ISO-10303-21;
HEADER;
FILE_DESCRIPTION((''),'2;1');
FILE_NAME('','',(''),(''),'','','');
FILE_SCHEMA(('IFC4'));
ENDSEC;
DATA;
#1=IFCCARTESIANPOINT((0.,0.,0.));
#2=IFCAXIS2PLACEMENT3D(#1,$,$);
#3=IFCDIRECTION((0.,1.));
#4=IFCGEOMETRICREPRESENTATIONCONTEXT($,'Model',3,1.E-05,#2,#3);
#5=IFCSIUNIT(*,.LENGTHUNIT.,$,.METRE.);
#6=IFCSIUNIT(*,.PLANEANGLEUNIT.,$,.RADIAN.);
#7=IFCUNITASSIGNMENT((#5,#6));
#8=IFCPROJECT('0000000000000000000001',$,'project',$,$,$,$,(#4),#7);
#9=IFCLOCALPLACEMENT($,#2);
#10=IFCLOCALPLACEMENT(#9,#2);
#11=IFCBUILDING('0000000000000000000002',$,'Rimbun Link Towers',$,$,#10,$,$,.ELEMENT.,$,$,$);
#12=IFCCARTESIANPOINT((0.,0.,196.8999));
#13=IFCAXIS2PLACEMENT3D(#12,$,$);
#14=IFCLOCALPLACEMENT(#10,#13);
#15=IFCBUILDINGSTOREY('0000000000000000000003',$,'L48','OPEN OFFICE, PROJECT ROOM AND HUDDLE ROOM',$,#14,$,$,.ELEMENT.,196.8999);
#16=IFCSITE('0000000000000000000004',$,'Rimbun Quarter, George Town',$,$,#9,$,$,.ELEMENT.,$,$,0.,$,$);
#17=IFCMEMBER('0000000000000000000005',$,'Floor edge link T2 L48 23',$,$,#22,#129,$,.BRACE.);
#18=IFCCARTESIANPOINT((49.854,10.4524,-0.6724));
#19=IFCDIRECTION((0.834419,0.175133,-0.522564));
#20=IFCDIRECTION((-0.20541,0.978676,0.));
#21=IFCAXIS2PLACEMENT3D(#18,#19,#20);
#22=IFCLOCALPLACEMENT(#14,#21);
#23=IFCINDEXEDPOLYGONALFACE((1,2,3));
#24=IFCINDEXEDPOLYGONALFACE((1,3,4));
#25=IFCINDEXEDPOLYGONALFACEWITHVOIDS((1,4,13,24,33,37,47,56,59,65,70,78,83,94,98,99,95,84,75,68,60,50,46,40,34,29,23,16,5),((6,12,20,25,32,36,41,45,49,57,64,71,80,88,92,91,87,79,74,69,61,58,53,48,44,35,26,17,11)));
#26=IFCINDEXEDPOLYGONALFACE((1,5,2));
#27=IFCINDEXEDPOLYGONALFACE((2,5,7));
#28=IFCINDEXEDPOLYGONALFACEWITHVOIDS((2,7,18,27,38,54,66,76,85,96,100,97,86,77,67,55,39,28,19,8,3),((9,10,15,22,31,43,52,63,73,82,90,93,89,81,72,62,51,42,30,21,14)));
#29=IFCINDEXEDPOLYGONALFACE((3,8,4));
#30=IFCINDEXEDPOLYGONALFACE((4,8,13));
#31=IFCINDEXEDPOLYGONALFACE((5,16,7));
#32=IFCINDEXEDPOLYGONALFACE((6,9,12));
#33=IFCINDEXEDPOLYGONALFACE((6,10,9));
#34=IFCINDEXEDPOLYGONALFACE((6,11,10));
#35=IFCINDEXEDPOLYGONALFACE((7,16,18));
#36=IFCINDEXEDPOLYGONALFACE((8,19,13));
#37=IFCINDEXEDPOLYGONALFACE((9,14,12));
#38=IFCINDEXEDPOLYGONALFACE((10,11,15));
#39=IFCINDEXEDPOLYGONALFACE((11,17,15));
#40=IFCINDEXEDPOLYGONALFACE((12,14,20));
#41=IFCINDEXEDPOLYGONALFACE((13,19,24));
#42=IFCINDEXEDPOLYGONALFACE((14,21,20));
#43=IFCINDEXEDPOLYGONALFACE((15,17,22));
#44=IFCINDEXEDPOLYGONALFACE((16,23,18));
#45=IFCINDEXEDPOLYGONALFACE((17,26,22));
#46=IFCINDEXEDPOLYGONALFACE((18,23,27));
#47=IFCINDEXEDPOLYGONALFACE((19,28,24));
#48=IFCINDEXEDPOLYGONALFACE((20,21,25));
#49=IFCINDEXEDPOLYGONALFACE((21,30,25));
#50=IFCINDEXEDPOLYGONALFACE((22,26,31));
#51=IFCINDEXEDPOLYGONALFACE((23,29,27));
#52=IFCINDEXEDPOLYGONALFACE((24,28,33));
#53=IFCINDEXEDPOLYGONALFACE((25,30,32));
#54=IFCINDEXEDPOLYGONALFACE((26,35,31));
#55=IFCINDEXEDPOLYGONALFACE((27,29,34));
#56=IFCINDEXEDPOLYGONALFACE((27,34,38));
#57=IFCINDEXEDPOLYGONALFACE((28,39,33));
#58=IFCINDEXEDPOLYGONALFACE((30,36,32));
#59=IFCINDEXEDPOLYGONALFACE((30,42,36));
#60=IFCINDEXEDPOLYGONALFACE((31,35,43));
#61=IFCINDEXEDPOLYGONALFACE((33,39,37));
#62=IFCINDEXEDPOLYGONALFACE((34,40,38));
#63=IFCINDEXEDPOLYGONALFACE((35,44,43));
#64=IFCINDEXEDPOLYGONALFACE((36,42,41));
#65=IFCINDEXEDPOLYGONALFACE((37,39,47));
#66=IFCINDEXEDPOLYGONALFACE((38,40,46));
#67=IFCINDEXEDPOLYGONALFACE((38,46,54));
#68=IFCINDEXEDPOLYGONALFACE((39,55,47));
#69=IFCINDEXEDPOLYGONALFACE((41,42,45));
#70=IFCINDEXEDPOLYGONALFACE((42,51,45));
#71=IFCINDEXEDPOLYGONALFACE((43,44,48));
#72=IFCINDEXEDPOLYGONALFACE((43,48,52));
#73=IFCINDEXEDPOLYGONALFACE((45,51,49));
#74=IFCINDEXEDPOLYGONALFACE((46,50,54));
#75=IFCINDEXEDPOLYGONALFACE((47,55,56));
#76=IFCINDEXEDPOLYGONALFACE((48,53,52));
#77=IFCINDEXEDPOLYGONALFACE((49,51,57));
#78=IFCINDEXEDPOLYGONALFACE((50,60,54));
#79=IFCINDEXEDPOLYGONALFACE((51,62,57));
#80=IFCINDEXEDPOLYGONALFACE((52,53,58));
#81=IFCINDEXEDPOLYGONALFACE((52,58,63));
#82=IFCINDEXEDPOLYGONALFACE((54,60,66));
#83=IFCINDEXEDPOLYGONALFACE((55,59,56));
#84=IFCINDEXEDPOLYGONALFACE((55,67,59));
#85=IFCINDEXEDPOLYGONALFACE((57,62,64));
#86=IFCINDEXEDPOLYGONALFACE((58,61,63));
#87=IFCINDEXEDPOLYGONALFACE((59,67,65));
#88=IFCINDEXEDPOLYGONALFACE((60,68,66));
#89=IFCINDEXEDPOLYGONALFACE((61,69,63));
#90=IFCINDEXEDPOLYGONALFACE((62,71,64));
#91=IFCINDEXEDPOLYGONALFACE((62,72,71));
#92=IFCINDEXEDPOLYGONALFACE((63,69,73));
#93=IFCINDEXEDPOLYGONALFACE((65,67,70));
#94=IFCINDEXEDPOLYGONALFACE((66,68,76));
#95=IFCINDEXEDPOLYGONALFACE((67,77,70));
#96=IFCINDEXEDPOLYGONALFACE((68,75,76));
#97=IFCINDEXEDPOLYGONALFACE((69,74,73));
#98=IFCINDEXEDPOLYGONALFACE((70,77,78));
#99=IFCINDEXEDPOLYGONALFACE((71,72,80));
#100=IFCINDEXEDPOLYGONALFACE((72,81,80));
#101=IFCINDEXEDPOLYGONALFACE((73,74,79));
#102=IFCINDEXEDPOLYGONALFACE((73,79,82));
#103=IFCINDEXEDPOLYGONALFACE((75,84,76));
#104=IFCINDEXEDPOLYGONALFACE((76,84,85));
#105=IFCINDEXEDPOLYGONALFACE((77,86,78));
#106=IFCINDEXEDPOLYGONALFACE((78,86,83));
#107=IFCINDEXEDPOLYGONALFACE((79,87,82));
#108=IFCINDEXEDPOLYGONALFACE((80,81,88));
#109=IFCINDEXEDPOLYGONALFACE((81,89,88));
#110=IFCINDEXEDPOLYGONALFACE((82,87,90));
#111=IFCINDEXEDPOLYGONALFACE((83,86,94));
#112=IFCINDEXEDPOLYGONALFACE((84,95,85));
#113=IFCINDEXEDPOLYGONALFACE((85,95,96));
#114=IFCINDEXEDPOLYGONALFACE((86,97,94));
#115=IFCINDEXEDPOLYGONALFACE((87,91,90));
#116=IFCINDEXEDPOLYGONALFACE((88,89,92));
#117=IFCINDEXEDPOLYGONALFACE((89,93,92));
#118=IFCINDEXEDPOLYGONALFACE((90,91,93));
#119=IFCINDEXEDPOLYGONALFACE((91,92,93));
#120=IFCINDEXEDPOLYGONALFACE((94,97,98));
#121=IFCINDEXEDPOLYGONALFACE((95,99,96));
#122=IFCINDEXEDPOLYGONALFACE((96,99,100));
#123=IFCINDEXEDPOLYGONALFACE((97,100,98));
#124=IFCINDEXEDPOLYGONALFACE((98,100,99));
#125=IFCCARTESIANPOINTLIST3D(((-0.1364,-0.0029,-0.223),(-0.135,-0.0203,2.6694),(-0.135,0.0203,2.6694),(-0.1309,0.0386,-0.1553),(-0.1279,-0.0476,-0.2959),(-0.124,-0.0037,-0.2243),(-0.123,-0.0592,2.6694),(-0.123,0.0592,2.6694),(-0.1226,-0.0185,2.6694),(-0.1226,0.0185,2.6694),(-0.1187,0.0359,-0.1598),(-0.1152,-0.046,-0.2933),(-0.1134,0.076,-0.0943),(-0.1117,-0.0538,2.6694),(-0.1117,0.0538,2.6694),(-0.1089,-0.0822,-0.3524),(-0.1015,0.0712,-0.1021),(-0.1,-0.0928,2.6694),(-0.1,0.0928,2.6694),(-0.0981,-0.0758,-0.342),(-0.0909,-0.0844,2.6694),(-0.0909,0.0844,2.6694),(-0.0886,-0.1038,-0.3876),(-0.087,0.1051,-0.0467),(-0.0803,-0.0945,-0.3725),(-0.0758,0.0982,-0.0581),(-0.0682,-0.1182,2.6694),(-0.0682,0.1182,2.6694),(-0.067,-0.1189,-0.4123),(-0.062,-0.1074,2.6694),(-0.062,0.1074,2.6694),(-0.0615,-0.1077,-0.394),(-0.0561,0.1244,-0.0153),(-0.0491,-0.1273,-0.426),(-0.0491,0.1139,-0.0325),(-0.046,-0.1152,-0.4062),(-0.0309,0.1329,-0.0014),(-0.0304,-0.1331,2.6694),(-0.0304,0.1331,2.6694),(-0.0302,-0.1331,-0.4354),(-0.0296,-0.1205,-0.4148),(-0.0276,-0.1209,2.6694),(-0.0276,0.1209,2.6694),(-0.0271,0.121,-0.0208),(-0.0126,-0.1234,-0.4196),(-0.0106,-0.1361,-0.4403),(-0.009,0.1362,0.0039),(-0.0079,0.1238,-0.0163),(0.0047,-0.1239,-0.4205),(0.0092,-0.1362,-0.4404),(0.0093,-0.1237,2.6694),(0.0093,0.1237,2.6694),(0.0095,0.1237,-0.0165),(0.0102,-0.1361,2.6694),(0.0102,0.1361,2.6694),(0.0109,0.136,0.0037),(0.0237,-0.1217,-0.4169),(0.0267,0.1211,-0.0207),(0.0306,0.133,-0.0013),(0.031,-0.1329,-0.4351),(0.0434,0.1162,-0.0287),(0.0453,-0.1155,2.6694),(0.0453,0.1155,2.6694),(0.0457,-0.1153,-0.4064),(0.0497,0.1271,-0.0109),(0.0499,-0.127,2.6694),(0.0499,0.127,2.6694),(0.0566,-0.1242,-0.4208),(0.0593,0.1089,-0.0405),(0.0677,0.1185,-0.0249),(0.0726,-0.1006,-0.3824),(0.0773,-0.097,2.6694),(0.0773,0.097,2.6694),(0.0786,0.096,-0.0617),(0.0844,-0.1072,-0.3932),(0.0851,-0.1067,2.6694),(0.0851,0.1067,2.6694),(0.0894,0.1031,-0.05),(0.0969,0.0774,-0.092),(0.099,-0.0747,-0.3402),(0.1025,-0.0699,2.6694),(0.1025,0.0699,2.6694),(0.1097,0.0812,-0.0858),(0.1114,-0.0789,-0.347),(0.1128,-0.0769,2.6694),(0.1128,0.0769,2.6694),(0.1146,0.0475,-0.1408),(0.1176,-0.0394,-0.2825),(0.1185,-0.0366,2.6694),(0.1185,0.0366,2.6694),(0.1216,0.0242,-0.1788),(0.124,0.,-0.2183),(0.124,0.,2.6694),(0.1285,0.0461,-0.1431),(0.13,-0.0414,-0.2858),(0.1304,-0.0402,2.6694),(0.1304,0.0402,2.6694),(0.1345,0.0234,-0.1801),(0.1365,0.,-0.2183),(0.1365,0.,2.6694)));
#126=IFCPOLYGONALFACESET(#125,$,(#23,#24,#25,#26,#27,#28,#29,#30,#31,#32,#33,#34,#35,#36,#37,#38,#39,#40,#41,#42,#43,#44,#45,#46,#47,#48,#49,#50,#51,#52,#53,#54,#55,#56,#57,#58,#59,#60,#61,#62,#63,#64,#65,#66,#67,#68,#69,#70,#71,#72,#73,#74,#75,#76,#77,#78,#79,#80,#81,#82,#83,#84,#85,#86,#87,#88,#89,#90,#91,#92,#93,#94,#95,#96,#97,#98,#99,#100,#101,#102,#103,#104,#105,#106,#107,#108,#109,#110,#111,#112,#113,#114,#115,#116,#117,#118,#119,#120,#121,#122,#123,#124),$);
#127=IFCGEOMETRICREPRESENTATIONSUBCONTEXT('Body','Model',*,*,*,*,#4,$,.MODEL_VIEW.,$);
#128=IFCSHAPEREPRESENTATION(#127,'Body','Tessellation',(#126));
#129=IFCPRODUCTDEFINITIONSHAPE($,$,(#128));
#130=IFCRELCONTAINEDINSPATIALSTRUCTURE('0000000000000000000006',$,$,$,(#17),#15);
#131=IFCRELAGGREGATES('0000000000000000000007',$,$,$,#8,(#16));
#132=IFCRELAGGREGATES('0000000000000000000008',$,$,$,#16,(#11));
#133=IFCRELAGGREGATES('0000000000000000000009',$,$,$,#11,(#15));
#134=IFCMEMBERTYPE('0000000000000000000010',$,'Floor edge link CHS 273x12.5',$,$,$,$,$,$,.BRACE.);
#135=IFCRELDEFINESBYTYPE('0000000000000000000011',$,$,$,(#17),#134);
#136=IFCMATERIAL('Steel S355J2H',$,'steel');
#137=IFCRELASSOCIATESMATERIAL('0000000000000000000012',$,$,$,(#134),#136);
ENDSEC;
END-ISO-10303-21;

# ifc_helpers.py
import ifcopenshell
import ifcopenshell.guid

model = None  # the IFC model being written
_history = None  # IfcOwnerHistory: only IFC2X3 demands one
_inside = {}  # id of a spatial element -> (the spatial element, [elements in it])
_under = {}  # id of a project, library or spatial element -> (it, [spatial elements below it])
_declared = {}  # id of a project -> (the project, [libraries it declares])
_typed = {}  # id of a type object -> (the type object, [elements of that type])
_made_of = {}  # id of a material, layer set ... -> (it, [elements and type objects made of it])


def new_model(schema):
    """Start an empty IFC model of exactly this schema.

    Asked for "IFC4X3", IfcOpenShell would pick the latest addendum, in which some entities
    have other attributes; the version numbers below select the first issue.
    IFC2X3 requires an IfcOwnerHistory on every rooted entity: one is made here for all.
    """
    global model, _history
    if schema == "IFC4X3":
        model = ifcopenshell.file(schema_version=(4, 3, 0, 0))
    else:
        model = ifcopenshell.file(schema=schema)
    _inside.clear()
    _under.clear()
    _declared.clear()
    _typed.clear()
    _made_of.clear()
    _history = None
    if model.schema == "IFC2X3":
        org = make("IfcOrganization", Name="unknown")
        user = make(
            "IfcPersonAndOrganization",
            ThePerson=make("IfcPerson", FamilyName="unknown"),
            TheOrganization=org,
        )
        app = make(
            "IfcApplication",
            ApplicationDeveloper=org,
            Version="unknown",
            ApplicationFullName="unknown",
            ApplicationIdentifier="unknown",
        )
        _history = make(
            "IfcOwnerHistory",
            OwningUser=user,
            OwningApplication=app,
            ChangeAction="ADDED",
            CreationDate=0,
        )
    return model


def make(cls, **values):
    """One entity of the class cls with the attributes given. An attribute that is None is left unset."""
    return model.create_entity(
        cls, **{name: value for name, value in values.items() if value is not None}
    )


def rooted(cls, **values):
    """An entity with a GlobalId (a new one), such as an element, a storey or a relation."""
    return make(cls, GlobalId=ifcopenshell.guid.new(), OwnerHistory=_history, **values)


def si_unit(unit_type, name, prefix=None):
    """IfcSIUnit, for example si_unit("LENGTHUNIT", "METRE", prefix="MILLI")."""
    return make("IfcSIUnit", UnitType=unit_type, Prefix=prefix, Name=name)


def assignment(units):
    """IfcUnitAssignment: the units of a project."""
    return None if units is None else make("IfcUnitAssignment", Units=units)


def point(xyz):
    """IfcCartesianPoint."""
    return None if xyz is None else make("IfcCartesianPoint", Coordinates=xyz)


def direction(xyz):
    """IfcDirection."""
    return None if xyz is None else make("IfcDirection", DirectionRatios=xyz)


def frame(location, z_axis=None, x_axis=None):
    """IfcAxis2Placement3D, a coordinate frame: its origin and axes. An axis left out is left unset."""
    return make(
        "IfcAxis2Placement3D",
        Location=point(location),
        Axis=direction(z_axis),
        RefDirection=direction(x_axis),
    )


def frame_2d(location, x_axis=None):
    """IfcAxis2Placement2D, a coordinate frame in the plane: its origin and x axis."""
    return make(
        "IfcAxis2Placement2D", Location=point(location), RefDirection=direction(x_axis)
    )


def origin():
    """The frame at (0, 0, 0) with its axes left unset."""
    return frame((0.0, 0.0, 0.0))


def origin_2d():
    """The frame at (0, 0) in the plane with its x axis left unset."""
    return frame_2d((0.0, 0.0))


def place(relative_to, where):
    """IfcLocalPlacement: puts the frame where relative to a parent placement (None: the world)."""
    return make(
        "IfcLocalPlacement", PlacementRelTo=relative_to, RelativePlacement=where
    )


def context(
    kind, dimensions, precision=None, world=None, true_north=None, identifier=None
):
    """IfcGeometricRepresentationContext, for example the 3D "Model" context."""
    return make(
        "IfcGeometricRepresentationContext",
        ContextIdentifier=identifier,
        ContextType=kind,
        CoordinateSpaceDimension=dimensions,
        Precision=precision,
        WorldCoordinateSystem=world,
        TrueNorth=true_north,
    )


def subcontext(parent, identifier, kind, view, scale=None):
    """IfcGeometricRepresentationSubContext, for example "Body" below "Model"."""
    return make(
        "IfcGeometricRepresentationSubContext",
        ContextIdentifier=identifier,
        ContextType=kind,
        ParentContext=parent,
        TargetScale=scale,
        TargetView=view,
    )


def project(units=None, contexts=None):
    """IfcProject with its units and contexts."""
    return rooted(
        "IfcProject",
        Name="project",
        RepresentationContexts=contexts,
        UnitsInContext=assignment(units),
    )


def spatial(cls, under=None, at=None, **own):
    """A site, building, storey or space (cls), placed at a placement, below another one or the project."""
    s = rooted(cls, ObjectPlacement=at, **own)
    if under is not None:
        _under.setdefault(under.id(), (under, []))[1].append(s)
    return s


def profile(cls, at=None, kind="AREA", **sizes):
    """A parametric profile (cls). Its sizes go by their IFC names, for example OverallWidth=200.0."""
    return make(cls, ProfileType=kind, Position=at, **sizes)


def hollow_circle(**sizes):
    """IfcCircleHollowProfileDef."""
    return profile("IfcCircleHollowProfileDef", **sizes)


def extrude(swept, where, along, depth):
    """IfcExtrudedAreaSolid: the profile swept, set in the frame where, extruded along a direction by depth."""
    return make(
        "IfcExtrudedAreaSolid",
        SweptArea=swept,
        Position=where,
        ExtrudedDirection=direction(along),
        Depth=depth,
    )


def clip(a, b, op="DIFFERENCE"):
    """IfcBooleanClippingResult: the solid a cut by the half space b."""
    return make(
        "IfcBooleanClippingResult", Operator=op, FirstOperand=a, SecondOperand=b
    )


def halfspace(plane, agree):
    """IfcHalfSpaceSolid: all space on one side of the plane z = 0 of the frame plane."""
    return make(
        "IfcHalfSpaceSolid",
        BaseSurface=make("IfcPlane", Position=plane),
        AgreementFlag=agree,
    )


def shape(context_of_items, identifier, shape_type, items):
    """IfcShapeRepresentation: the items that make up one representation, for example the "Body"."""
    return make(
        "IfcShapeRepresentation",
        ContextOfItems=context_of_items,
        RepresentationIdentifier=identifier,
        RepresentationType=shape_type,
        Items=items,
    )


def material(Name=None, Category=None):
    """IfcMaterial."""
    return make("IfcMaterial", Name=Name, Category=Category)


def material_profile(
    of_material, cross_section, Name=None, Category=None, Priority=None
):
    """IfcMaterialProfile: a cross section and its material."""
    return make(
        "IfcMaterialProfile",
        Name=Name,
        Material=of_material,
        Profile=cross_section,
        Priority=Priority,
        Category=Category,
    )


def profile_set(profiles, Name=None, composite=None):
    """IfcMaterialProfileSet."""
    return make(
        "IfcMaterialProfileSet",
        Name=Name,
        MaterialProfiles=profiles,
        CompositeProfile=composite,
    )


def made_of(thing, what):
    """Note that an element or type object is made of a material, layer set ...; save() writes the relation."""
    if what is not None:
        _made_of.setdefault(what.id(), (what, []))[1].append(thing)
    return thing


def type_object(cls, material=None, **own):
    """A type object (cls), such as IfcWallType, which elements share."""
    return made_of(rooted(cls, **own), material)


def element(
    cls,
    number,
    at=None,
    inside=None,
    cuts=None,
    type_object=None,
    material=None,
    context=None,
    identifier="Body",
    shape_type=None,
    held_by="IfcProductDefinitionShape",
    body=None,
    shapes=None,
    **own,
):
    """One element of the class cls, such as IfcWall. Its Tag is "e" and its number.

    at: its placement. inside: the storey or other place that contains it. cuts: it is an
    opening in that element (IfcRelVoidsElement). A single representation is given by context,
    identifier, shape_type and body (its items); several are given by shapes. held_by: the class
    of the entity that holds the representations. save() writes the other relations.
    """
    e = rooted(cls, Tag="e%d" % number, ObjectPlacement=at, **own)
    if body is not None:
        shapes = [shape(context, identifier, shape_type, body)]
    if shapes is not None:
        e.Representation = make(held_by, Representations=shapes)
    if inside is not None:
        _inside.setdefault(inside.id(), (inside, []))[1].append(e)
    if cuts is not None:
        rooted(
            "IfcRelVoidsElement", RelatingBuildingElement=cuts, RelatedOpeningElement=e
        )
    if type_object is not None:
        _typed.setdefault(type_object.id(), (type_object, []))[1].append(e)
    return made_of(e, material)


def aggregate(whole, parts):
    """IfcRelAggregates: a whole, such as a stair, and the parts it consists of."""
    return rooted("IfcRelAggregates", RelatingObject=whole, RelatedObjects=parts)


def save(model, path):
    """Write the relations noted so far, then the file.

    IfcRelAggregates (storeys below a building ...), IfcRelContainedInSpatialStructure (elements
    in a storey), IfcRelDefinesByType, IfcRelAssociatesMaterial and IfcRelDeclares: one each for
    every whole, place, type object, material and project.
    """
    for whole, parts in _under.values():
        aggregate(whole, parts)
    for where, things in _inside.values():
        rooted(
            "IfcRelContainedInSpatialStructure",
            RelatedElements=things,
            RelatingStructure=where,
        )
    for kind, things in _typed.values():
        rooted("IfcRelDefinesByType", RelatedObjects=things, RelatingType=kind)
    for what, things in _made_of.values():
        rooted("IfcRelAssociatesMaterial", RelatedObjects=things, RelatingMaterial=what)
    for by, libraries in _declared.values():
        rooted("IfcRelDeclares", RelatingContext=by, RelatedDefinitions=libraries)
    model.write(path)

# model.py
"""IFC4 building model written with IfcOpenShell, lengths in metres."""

from ifc_helpers import new_model, si_unit, direction, frame, origin, origin_2d, place, context, subcontext, project, spatial, hollow_circle, extrude, clip, halfspace, material, material_profile, profile_set, type_object, element, save


model = new_model("IFC4")

# Units and contexts
model_context = context("Model", 3, precision=1e-05, world=origin(), true_north=direction((0.0, 1.0)))
body_context = subcontext(model_context, "Body", "Model", "MODEL_VIEW")
ifc_project = project(units=[si_unit("LENGTHUNIT", "METRE"), si_unit("PLANEANGLEUNIT", "RADIAN")], contexts=[model_context])

# Site, building, storey
site_placement = place(None, origin())
site = spatial("IfcSite", under=ifc_project, at=site_placement, Name="Rimbun Quarter, George Town", CompositionType="ELEMENT", RefElevation=0.0)
building_placement = place(site_placement, origin())
building = spatial("IfcBuilding", under=site, at=building_placement, Name="Rimbun Link Towers", CompositionType="ELEMENT")
storey_placement = place(building_placement, frame((0.0, 0.0, 196.8999)))
storey = spatial("IfcBuildingStorey", under=building, at=storey_placement, Name="L48", Description="OPEN OFFICE, PROJECT ROOM AND HUDDLE ROOM", CompositionType="ELEMENT", Elevation=196.8999)

# Member
ifc_material_1 = material(Name="Steel S355J2H", Category="steel")
ifc_material_profile_1 = material_profile(ifc_material_1, hollow_circle(Radius=0.1365, WallThickness=0.0125, at=origin_2d()), Name="CHS 273x12.5")
ifc_profile_set_1 = profile_set([ifc_material_profile_1], Name="Steel S355J2H")
member_type_1 = type_object("IfcMemberType", Name="Floor edge link CHS 273x12.5", PredefinedType="BRACE", material=ifc_profile_set_1)
member_1_placement = place(storey_placement, frame((49.854, 10.4524, -0.6724), z_axis=(0.834419, 0.175133, -0.522564), x_axis=(-0.20541, 0.978676, 0.0)))
element("IfcMember", 1, at=member_1_placement, inside=storey, type_object=member_type_1, Name="Floor edge link T2 L48 23", PredefinedType="BRACE", context=body_context, shape_type="Clipping", body=[
    clip(extrude(hollow_circle(Radius=0.1365, WallThickness=0.0125, at=origin_2d()), frame((0.0, 0.0, -0.4646)), (0.0, 0.0, 1.0), 3.134), halfspace(frame((0.0, 0.0, -0.2183), z_axis=(0.0, 0.8526, -0.522564)), False)),
])

save(model, "model.ifc")
